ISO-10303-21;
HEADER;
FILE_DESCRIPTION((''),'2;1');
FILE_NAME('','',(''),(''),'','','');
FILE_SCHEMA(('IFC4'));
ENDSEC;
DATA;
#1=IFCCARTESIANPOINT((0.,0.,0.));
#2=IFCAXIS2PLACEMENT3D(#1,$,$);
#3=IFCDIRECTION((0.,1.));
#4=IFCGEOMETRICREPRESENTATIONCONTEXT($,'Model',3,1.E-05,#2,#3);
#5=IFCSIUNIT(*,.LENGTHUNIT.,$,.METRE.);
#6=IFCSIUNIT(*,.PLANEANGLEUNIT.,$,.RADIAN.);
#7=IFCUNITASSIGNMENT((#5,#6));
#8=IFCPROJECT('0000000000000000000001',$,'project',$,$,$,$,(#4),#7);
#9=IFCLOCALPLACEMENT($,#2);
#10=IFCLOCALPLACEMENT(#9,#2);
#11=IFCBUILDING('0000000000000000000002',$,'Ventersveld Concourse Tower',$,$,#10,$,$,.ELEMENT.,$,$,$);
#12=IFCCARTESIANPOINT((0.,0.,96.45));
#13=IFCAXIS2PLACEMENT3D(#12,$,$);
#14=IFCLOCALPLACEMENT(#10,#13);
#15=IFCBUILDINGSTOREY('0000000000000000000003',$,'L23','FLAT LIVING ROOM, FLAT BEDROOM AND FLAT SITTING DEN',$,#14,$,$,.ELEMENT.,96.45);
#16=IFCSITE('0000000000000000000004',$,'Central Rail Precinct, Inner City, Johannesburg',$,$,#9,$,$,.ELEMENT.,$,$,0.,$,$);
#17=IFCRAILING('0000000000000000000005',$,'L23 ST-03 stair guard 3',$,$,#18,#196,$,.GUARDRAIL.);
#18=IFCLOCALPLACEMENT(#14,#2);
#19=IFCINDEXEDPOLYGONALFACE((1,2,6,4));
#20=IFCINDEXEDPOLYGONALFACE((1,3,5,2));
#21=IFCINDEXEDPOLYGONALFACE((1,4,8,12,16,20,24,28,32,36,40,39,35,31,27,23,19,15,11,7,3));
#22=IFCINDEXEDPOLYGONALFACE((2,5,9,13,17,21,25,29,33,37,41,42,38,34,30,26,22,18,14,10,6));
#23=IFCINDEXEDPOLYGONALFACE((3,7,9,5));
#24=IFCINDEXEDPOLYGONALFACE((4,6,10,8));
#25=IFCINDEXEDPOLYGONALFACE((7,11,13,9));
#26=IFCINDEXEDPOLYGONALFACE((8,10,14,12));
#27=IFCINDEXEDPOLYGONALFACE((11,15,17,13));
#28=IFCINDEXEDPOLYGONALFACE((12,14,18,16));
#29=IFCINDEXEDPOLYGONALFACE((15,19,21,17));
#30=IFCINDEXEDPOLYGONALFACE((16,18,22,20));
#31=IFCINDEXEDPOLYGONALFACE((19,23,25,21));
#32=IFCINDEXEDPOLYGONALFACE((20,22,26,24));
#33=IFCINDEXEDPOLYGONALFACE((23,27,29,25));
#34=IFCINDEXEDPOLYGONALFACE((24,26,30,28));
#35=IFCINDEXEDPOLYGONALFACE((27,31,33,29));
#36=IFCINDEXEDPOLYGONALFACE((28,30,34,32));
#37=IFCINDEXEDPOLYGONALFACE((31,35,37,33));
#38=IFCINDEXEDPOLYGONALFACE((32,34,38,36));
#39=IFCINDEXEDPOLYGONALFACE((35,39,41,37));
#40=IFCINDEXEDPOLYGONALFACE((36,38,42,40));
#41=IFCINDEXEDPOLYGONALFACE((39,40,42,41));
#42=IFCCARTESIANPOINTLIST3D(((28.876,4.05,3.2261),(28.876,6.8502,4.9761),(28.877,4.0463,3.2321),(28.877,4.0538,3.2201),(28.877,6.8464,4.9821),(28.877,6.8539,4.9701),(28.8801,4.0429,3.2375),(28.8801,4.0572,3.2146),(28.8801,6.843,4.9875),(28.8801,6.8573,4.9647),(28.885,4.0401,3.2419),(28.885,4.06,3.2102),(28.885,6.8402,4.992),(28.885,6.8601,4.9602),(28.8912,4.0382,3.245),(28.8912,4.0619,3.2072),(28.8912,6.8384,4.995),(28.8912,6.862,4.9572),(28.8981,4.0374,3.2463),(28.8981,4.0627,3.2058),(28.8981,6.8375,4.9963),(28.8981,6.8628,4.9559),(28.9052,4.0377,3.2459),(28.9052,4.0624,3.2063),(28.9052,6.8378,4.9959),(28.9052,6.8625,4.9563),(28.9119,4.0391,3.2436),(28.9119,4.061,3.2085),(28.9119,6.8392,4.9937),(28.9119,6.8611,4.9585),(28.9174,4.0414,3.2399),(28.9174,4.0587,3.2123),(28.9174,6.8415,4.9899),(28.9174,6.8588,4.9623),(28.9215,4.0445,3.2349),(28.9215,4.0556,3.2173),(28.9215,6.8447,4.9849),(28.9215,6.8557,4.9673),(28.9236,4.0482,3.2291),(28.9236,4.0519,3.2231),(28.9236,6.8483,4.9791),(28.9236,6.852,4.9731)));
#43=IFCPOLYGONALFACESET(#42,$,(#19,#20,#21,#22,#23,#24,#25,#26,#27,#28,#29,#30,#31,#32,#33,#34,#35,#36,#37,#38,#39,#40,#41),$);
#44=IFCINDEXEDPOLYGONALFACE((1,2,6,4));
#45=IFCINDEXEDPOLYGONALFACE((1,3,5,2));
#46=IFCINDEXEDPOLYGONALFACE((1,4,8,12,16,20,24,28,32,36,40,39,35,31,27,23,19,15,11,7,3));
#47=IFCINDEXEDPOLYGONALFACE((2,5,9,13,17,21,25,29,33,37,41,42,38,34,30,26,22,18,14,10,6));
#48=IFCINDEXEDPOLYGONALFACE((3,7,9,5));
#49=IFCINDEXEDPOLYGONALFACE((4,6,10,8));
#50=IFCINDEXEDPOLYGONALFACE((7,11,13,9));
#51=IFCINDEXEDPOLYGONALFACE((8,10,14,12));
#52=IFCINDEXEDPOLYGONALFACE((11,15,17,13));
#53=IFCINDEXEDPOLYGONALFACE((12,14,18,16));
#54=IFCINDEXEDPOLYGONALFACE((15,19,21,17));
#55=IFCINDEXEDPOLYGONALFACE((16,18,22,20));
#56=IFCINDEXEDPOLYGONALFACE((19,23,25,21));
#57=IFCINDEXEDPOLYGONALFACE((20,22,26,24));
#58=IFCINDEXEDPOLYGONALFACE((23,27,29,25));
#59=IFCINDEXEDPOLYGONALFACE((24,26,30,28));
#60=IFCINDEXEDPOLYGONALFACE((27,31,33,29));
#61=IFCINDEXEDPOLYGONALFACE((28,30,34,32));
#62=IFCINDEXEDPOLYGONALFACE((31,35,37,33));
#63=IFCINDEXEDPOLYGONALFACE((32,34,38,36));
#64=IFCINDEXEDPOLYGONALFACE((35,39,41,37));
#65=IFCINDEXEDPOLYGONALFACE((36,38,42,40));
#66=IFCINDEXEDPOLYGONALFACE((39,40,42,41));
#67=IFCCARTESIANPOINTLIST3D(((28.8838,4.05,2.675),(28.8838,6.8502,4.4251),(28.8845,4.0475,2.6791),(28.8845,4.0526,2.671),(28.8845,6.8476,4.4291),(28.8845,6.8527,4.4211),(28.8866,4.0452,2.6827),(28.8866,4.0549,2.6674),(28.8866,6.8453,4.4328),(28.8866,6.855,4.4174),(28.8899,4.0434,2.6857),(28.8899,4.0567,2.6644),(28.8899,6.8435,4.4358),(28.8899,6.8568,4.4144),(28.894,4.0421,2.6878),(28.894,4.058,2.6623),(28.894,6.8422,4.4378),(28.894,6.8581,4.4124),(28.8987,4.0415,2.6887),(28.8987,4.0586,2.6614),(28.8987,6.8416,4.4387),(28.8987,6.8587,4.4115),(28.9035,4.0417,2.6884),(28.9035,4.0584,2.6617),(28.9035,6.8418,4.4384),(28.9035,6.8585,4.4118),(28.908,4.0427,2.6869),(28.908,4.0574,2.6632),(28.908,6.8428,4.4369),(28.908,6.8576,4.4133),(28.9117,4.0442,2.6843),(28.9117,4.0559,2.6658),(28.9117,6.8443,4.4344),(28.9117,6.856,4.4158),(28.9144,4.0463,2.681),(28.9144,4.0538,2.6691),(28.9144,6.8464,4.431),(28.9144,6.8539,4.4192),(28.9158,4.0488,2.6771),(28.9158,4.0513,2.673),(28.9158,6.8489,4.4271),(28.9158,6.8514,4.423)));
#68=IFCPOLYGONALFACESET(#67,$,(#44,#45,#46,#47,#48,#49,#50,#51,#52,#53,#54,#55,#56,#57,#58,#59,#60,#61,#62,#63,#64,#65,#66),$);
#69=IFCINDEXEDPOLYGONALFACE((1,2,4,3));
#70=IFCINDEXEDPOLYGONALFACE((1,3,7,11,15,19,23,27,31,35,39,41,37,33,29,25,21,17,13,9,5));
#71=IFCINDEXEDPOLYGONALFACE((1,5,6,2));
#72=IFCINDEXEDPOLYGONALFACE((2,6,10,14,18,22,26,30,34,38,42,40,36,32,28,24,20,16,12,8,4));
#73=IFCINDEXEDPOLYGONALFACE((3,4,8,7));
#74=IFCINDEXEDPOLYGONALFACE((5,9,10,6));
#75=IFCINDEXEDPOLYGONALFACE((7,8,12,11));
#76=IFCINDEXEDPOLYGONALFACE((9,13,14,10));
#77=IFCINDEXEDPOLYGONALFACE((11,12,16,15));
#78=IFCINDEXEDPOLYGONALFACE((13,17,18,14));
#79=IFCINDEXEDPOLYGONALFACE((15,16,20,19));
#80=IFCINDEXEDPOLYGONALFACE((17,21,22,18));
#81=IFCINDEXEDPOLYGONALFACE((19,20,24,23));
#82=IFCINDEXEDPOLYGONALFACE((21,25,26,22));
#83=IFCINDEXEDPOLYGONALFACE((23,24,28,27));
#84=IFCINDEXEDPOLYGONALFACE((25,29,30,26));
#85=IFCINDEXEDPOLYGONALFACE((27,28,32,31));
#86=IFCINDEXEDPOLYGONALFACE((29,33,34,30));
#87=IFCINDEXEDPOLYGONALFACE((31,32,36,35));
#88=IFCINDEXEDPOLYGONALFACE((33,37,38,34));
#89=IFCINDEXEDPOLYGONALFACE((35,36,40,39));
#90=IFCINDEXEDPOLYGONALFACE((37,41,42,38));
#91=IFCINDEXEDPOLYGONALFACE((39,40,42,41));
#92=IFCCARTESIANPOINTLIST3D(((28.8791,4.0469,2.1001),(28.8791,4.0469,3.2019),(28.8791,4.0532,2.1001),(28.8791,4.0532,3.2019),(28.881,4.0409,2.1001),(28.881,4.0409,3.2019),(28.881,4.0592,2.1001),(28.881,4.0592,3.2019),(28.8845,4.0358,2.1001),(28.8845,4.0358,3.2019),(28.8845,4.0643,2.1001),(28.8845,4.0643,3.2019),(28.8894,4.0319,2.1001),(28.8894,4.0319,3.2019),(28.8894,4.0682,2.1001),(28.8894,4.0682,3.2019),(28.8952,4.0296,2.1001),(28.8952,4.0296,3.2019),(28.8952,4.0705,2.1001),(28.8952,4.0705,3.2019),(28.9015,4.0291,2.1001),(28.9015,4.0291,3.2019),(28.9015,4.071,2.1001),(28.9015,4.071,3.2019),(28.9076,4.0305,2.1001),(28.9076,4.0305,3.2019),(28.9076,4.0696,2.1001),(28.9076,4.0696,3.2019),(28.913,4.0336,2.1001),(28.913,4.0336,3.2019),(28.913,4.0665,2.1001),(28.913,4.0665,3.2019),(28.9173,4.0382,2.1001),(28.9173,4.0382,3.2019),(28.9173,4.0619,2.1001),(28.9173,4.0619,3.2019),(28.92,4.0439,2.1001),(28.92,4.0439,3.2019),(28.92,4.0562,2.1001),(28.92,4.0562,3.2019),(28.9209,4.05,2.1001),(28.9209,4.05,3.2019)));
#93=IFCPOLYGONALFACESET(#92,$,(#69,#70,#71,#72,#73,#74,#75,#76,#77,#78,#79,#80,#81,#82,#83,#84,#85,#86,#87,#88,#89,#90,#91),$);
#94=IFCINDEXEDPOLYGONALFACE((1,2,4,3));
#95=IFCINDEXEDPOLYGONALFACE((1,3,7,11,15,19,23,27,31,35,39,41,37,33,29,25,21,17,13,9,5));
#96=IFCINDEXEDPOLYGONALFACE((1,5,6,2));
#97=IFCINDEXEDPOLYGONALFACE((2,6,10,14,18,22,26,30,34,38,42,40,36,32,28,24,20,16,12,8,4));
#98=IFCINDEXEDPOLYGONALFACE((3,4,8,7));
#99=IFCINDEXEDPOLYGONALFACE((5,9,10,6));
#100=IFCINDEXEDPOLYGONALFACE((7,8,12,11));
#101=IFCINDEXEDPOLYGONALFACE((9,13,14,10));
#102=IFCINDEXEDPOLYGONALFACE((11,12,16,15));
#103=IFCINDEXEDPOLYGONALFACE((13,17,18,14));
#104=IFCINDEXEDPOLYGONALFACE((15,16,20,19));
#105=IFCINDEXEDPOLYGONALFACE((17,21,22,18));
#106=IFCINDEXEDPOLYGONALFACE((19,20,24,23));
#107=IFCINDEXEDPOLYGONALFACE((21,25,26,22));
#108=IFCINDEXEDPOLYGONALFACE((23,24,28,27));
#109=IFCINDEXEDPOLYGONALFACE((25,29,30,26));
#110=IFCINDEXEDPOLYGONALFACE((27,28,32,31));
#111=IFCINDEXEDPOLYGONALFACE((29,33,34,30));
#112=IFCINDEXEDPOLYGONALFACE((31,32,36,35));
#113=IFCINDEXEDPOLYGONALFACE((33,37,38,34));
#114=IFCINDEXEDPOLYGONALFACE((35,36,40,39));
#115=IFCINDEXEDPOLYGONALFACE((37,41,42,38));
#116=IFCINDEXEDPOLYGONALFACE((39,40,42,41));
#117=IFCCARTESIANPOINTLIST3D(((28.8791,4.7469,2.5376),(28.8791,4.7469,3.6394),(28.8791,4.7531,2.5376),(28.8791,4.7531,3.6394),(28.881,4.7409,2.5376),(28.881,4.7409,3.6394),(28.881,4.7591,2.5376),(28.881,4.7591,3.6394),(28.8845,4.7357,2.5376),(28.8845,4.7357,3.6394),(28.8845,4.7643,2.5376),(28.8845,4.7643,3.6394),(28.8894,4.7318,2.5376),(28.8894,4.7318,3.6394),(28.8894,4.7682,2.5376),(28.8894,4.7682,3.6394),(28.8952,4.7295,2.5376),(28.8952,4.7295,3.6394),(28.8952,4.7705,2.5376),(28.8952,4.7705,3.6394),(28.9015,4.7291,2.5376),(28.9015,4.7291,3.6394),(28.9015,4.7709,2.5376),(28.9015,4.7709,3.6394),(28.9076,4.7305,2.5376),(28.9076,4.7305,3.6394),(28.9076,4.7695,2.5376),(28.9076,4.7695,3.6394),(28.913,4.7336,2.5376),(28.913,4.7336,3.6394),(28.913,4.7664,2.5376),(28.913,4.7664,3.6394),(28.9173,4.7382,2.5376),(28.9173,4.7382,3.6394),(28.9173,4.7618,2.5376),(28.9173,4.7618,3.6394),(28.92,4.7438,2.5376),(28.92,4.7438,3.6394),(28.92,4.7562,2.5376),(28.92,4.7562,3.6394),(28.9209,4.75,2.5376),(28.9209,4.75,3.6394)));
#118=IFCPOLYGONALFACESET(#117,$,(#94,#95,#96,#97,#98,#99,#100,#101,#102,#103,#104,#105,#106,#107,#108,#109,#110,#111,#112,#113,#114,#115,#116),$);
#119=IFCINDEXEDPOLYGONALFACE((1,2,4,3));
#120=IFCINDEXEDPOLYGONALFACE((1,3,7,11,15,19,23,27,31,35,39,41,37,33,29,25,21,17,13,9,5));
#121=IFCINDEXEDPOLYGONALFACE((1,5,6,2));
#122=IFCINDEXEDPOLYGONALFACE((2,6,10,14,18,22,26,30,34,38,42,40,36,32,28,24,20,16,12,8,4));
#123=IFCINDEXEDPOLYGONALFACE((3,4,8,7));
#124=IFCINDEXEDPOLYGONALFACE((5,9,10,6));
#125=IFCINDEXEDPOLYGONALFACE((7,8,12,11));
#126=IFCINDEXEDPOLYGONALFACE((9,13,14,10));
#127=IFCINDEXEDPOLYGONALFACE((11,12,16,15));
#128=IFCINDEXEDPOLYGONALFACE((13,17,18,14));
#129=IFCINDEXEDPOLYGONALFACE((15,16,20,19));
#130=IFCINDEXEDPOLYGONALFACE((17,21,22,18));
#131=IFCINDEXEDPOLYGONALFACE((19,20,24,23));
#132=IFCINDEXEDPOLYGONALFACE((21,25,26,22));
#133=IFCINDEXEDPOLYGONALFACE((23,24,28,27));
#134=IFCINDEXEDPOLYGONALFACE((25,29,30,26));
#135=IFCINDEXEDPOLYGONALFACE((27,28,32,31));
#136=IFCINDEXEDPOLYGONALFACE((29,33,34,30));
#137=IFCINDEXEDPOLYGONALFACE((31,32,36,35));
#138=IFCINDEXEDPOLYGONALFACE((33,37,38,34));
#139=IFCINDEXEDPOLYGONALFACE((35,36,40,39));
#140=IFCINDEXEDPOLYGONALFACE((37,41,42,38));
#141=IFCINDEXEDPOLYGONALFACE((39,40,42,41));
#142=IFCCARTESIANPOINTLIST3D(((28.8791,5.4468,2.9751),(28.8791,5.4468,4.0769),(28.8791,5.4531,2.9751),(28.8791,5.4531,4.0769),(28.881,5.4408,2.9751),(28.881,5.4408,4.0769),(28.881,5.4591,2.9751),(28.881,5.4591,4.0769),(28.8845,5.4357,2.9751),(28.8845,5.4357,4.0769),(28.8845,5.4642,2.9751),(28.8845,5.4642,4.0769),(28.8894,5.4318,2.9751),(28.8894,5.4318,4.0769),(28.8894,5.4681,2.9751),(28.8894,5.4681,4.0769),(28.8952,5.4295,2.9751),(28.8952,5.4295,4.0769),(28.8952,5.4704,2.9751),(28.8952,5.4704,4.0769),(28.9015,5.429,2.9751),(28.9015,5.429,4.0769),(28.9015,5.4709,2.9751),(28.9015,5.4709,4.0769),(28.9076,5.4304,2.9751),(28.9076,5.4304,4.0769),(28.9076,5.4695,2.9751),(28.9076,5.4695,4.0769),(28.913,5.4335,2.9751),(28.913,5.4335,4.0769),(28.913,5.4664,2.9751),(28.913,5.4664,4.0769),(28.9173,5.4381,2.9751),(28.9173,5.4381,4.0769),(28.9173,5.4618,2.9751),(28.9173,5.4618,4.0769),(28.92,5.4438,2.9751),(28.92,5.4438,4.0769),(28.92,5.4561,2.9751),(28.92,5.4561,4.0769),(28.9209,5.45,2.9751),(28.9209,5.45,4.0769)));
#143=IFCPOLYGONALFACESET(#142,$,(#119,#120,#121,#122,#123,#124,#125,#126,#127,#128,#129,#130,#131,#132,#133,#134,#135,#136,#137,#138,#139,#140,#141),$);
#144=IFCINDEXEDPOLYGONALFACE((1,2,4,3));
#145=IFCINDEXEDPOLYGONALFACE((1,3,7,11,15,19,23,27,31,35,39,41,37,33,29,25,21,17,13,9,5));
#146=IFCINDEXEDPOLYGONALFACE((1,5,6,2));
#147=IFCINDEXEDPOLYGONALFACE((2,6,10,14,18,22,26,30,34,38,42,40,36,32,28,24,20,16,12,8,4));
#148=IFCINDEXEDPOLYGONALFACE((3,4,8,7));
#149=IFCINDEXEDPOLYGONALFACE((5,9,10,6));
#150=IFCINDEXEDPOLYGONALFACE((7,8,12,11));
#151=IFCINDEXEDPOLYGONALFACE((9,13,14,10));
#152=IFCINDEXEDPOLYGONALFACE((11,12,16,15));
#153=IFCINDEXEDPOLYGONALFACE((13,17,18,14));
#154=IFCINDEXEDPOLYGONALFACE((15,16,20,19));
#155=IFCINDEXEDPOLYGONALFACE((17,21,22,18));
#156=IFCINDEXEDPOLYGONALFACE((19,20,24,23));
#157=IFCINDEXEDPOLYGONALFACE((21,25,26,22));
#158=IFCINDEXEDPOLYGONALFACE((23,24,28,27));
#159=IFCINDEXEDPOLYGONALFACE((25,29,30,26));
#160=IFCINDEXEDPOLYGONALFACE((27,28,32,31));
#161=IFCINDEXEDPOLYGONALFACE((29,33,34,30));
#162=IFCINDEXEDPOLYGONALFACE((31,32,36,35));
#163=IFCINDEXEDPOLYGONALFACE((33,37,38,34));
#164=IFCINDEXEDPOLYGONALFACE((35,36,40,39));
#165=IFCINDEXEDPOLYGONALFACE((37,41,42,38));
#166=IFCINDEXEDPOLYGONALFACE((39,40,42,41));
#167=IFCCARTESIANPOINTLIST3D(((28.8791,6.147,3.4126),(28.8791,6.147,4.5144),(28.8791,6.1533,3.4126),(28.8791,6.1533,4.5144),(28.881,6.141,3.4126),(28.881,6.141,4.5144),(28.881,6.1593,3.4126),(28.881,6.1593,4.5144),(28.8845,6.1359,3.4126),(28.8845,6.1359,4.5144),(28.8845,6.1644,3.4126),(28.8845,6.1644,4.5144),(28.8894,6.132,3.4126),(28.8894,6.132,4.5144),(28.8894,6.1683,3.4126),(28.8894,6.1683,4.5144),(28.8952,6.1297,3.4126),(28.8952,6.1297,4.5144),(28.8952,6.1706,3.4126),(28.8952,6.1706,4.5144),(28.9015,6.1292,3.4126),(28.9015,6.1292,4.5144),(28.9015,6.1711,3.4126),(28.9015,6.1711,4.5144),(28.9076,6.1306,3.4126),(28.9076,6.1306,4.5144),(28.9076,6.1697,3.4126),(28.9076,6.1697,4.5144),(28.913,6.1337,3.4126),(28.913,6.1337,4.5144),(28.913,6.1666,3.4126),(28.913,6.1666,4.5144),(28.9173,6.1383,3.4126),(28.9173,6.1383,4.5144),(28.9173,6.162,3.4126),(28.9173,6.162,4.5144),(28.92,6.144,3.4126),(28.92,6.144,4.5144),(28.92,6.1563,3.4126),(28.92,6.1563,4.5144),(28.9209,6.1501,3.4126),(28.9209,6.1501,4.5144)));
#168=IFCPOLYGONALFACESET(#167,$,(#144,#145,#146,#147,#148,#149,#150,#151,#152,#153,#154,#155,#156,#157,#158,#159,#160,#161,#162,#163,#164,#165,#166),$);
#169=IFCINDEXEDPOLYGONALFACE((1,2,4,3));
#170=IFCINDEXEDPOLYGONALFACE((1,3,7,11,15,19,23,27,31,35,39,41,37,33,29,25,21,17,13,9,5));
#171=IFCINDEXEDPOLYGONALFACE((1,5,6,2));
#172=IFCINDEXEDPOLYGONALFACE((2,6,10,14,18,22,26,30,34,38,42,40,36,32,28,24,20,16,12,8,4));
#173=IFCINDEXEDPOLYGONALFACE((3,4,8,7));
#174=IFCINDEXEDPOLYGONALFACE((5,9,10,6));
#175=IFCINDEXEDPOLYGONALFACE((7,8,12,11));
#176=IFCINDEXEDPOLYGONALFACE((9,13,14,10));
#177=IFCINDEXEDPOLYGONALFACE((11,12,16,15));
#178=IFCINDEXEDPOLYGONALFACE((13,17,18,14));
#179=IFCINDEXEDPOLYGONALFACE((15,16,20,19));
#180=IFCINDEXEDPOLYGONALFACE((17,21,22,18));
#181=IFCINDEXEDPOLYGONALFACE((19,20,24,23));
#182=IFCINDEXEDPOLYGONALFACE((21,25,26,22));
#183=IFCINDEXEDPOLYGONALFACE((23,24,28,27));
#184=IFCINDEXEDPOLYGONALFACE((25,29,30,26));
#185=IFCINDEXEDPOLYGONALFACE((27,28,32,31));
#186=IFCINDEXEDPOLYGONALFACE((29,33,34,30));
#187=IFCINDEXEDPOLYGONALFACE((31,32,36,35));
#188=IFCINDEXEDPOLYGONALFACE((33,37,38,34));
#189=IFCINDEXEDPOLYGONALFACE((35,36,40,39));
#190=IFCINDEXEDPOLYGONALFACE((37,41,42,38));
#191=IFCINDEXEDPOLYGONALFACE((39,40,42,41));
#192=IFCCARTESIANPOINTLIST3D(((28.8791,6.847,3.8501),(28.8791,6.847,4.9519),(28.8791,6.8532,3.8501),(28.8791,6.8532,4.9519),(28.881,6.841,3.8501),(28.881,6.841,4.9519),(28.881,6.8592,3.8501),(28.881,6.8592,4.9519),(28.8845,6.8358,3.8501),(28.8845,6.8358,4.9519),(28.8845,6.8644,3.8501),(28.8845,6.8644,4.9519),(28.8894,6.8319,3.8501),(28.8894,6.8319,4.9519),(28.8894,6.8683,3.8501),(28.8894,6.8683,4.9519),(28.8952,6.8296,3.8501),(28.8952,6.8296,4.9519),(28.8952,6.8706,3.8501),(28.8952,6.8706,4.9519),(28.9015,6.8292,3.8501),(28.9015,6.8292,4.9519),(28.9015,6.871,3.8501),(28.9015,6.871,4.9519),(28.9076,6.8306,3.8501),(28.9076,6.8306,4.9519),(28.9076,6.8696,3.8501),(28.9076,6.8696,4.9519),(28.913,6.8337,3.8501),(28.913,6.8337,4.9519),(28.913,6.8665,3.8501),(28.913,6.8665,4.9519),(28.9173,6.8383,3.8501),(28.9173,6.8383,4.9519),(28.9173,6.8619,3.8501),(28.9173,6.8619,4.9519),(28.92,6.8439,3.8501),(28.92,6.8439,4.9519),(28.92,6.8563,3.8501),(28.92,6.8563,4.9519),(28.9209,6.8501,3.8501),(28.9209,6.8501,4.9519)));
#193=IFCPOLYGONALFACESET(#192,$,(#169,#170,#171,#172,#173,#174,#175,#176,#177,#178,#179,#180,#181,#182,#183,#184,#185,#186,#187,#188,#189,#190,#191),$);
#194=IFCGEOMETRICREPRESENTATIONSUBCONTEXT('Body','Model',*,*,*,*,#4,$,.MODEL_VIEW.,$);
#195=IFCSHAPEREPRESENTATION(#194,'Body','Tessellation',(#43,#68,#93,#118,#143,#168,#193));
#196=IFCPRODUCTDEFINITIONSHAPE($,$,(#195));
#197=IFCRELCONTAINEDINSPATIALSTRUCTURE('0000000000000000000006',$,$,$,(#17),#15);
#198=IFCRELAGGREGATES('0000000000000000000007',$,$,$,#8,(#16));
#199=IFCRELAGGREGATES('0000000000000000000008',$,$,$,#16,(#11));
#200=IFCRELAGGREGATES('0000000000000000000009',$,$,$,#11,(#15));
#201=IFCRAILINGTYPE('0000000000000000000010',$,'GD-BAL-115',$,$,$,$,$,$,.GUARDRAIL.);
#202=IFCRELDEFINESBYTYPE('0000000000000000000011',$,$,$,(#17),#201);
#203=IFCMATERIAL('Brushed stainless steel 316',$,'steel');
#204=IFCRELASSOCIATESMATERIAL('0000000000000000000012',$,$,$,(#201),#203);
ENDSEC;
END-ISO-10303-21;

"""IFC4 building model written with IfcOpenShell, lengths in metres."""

from ifc_helpers import new_model, si_unit, direction, frame, origin, origin_2d, place, context, subcontext, project, spatial, circle, extrude, material, type_object, element, save


model = new_model("IFC4")

# Units and contexts
model_context = context("Model", 3, precision=1e-05, world=origin(), true_north=direction((0.0, 1.0)))
body_context = subcontext(model_context, "Body", "Model", "MODEL_VIEW")
ifc_project = project(units=[si_unit("LENGTHUNIT", "METRE"), si_unit("PLANEANGLEUNIT", "RADIAN")], contexts=[model_context])

# Site, building, storey
site_placement = place(None, origin())
site = spatial("IfcSite", under=ifc_project, at=site_placement, Name="Central Rail Precinct, Inner City, Johannesburg", CompositionType="ELEMENT", RefElevation=0.0)
building_placement = place(site_placement, origin())
building = spatial("IfcBuilding", under=site, at=building_placement, Name="Ventersveld Concourse Tower", CompositionType="ELEMENT")
storey_placement = place(building_placement, frame((0.0, 0.0, 96.45)))
storey = spatial("IfcBuildingStorey", under=building, at=storey_placement, Name="L23", Description="FLAT LIVING ROOM, FLAT BEDROOM AND FLAT SITTING DEN", CompositionType="ELEMENT", Elevation=96.45)

# Railing
ifc_material_1 = material(Name="Brushed stainless steel 316", Category="steel")
railing_type_1 = type_object("IfcRailingType", Name="GD-BAL-115", PredefinedType="GUARDRAIL", material=ifc_material_1)
railing_1_placement = place(storey_placement, frame((28.8999, 4.05, 2.1001)))
element("IfcRailing", 1, at=railing_1_placement, inside=storey, type_object=railing_type_1, Name="L23 ST-03 stair guard 3", PredefinedType="GUARDRAIL", context=body_context, shape_type="SweptSolid", body=[
    extrude(circle(Radius=0.0239, at=origin_2d()), frame((0.0, 0.0, 1.126), z_axis=(0.0, 0.848002, 0.529992), x_axis=(-1.0, 0.0, 0.0)), (0.0, 0.0, 1.0), 3.302),
    extrude(circle(Radius=0.0161, at=origin_2d()), frame((0.0, 0.0, 0.575), z_axis=(0.0, 0.848002, 0.529992), x_axis=(-1.0, 0.0, 0.0)), (0.0, 0.0, 1.0), 3.302),
    extrude(circle(Radius=0.021, at=origin_2d()), origin(), (0.0, 0.0, 1.0), 1.1018),
    extrude(circle(Radius=0.021, at=origin_2d()), frame((0.0, 0.7, 0.4375)), (0.0, 0.0, 1.0), 1.1018),
    extrude(circle(Radius=0.021, at=origin_2d()), frame((0.0, 1.3999, 0.875)), (0.0, 0.0, 1.0), 1.1018),
    extrude(circle(Radius=0.021, at=origin_2d()), frame((0.0, 2.1001, 1.3125)), (0.0, 0.0, 1.0), 1.1018),
    extrude(circle(Radius=0.021, at=origin_2d()), frame((0.0, 2.8, 1.75)), (0.0, 0.0, 1.0), 1.1018),
])

save(model, "model.ifc")
